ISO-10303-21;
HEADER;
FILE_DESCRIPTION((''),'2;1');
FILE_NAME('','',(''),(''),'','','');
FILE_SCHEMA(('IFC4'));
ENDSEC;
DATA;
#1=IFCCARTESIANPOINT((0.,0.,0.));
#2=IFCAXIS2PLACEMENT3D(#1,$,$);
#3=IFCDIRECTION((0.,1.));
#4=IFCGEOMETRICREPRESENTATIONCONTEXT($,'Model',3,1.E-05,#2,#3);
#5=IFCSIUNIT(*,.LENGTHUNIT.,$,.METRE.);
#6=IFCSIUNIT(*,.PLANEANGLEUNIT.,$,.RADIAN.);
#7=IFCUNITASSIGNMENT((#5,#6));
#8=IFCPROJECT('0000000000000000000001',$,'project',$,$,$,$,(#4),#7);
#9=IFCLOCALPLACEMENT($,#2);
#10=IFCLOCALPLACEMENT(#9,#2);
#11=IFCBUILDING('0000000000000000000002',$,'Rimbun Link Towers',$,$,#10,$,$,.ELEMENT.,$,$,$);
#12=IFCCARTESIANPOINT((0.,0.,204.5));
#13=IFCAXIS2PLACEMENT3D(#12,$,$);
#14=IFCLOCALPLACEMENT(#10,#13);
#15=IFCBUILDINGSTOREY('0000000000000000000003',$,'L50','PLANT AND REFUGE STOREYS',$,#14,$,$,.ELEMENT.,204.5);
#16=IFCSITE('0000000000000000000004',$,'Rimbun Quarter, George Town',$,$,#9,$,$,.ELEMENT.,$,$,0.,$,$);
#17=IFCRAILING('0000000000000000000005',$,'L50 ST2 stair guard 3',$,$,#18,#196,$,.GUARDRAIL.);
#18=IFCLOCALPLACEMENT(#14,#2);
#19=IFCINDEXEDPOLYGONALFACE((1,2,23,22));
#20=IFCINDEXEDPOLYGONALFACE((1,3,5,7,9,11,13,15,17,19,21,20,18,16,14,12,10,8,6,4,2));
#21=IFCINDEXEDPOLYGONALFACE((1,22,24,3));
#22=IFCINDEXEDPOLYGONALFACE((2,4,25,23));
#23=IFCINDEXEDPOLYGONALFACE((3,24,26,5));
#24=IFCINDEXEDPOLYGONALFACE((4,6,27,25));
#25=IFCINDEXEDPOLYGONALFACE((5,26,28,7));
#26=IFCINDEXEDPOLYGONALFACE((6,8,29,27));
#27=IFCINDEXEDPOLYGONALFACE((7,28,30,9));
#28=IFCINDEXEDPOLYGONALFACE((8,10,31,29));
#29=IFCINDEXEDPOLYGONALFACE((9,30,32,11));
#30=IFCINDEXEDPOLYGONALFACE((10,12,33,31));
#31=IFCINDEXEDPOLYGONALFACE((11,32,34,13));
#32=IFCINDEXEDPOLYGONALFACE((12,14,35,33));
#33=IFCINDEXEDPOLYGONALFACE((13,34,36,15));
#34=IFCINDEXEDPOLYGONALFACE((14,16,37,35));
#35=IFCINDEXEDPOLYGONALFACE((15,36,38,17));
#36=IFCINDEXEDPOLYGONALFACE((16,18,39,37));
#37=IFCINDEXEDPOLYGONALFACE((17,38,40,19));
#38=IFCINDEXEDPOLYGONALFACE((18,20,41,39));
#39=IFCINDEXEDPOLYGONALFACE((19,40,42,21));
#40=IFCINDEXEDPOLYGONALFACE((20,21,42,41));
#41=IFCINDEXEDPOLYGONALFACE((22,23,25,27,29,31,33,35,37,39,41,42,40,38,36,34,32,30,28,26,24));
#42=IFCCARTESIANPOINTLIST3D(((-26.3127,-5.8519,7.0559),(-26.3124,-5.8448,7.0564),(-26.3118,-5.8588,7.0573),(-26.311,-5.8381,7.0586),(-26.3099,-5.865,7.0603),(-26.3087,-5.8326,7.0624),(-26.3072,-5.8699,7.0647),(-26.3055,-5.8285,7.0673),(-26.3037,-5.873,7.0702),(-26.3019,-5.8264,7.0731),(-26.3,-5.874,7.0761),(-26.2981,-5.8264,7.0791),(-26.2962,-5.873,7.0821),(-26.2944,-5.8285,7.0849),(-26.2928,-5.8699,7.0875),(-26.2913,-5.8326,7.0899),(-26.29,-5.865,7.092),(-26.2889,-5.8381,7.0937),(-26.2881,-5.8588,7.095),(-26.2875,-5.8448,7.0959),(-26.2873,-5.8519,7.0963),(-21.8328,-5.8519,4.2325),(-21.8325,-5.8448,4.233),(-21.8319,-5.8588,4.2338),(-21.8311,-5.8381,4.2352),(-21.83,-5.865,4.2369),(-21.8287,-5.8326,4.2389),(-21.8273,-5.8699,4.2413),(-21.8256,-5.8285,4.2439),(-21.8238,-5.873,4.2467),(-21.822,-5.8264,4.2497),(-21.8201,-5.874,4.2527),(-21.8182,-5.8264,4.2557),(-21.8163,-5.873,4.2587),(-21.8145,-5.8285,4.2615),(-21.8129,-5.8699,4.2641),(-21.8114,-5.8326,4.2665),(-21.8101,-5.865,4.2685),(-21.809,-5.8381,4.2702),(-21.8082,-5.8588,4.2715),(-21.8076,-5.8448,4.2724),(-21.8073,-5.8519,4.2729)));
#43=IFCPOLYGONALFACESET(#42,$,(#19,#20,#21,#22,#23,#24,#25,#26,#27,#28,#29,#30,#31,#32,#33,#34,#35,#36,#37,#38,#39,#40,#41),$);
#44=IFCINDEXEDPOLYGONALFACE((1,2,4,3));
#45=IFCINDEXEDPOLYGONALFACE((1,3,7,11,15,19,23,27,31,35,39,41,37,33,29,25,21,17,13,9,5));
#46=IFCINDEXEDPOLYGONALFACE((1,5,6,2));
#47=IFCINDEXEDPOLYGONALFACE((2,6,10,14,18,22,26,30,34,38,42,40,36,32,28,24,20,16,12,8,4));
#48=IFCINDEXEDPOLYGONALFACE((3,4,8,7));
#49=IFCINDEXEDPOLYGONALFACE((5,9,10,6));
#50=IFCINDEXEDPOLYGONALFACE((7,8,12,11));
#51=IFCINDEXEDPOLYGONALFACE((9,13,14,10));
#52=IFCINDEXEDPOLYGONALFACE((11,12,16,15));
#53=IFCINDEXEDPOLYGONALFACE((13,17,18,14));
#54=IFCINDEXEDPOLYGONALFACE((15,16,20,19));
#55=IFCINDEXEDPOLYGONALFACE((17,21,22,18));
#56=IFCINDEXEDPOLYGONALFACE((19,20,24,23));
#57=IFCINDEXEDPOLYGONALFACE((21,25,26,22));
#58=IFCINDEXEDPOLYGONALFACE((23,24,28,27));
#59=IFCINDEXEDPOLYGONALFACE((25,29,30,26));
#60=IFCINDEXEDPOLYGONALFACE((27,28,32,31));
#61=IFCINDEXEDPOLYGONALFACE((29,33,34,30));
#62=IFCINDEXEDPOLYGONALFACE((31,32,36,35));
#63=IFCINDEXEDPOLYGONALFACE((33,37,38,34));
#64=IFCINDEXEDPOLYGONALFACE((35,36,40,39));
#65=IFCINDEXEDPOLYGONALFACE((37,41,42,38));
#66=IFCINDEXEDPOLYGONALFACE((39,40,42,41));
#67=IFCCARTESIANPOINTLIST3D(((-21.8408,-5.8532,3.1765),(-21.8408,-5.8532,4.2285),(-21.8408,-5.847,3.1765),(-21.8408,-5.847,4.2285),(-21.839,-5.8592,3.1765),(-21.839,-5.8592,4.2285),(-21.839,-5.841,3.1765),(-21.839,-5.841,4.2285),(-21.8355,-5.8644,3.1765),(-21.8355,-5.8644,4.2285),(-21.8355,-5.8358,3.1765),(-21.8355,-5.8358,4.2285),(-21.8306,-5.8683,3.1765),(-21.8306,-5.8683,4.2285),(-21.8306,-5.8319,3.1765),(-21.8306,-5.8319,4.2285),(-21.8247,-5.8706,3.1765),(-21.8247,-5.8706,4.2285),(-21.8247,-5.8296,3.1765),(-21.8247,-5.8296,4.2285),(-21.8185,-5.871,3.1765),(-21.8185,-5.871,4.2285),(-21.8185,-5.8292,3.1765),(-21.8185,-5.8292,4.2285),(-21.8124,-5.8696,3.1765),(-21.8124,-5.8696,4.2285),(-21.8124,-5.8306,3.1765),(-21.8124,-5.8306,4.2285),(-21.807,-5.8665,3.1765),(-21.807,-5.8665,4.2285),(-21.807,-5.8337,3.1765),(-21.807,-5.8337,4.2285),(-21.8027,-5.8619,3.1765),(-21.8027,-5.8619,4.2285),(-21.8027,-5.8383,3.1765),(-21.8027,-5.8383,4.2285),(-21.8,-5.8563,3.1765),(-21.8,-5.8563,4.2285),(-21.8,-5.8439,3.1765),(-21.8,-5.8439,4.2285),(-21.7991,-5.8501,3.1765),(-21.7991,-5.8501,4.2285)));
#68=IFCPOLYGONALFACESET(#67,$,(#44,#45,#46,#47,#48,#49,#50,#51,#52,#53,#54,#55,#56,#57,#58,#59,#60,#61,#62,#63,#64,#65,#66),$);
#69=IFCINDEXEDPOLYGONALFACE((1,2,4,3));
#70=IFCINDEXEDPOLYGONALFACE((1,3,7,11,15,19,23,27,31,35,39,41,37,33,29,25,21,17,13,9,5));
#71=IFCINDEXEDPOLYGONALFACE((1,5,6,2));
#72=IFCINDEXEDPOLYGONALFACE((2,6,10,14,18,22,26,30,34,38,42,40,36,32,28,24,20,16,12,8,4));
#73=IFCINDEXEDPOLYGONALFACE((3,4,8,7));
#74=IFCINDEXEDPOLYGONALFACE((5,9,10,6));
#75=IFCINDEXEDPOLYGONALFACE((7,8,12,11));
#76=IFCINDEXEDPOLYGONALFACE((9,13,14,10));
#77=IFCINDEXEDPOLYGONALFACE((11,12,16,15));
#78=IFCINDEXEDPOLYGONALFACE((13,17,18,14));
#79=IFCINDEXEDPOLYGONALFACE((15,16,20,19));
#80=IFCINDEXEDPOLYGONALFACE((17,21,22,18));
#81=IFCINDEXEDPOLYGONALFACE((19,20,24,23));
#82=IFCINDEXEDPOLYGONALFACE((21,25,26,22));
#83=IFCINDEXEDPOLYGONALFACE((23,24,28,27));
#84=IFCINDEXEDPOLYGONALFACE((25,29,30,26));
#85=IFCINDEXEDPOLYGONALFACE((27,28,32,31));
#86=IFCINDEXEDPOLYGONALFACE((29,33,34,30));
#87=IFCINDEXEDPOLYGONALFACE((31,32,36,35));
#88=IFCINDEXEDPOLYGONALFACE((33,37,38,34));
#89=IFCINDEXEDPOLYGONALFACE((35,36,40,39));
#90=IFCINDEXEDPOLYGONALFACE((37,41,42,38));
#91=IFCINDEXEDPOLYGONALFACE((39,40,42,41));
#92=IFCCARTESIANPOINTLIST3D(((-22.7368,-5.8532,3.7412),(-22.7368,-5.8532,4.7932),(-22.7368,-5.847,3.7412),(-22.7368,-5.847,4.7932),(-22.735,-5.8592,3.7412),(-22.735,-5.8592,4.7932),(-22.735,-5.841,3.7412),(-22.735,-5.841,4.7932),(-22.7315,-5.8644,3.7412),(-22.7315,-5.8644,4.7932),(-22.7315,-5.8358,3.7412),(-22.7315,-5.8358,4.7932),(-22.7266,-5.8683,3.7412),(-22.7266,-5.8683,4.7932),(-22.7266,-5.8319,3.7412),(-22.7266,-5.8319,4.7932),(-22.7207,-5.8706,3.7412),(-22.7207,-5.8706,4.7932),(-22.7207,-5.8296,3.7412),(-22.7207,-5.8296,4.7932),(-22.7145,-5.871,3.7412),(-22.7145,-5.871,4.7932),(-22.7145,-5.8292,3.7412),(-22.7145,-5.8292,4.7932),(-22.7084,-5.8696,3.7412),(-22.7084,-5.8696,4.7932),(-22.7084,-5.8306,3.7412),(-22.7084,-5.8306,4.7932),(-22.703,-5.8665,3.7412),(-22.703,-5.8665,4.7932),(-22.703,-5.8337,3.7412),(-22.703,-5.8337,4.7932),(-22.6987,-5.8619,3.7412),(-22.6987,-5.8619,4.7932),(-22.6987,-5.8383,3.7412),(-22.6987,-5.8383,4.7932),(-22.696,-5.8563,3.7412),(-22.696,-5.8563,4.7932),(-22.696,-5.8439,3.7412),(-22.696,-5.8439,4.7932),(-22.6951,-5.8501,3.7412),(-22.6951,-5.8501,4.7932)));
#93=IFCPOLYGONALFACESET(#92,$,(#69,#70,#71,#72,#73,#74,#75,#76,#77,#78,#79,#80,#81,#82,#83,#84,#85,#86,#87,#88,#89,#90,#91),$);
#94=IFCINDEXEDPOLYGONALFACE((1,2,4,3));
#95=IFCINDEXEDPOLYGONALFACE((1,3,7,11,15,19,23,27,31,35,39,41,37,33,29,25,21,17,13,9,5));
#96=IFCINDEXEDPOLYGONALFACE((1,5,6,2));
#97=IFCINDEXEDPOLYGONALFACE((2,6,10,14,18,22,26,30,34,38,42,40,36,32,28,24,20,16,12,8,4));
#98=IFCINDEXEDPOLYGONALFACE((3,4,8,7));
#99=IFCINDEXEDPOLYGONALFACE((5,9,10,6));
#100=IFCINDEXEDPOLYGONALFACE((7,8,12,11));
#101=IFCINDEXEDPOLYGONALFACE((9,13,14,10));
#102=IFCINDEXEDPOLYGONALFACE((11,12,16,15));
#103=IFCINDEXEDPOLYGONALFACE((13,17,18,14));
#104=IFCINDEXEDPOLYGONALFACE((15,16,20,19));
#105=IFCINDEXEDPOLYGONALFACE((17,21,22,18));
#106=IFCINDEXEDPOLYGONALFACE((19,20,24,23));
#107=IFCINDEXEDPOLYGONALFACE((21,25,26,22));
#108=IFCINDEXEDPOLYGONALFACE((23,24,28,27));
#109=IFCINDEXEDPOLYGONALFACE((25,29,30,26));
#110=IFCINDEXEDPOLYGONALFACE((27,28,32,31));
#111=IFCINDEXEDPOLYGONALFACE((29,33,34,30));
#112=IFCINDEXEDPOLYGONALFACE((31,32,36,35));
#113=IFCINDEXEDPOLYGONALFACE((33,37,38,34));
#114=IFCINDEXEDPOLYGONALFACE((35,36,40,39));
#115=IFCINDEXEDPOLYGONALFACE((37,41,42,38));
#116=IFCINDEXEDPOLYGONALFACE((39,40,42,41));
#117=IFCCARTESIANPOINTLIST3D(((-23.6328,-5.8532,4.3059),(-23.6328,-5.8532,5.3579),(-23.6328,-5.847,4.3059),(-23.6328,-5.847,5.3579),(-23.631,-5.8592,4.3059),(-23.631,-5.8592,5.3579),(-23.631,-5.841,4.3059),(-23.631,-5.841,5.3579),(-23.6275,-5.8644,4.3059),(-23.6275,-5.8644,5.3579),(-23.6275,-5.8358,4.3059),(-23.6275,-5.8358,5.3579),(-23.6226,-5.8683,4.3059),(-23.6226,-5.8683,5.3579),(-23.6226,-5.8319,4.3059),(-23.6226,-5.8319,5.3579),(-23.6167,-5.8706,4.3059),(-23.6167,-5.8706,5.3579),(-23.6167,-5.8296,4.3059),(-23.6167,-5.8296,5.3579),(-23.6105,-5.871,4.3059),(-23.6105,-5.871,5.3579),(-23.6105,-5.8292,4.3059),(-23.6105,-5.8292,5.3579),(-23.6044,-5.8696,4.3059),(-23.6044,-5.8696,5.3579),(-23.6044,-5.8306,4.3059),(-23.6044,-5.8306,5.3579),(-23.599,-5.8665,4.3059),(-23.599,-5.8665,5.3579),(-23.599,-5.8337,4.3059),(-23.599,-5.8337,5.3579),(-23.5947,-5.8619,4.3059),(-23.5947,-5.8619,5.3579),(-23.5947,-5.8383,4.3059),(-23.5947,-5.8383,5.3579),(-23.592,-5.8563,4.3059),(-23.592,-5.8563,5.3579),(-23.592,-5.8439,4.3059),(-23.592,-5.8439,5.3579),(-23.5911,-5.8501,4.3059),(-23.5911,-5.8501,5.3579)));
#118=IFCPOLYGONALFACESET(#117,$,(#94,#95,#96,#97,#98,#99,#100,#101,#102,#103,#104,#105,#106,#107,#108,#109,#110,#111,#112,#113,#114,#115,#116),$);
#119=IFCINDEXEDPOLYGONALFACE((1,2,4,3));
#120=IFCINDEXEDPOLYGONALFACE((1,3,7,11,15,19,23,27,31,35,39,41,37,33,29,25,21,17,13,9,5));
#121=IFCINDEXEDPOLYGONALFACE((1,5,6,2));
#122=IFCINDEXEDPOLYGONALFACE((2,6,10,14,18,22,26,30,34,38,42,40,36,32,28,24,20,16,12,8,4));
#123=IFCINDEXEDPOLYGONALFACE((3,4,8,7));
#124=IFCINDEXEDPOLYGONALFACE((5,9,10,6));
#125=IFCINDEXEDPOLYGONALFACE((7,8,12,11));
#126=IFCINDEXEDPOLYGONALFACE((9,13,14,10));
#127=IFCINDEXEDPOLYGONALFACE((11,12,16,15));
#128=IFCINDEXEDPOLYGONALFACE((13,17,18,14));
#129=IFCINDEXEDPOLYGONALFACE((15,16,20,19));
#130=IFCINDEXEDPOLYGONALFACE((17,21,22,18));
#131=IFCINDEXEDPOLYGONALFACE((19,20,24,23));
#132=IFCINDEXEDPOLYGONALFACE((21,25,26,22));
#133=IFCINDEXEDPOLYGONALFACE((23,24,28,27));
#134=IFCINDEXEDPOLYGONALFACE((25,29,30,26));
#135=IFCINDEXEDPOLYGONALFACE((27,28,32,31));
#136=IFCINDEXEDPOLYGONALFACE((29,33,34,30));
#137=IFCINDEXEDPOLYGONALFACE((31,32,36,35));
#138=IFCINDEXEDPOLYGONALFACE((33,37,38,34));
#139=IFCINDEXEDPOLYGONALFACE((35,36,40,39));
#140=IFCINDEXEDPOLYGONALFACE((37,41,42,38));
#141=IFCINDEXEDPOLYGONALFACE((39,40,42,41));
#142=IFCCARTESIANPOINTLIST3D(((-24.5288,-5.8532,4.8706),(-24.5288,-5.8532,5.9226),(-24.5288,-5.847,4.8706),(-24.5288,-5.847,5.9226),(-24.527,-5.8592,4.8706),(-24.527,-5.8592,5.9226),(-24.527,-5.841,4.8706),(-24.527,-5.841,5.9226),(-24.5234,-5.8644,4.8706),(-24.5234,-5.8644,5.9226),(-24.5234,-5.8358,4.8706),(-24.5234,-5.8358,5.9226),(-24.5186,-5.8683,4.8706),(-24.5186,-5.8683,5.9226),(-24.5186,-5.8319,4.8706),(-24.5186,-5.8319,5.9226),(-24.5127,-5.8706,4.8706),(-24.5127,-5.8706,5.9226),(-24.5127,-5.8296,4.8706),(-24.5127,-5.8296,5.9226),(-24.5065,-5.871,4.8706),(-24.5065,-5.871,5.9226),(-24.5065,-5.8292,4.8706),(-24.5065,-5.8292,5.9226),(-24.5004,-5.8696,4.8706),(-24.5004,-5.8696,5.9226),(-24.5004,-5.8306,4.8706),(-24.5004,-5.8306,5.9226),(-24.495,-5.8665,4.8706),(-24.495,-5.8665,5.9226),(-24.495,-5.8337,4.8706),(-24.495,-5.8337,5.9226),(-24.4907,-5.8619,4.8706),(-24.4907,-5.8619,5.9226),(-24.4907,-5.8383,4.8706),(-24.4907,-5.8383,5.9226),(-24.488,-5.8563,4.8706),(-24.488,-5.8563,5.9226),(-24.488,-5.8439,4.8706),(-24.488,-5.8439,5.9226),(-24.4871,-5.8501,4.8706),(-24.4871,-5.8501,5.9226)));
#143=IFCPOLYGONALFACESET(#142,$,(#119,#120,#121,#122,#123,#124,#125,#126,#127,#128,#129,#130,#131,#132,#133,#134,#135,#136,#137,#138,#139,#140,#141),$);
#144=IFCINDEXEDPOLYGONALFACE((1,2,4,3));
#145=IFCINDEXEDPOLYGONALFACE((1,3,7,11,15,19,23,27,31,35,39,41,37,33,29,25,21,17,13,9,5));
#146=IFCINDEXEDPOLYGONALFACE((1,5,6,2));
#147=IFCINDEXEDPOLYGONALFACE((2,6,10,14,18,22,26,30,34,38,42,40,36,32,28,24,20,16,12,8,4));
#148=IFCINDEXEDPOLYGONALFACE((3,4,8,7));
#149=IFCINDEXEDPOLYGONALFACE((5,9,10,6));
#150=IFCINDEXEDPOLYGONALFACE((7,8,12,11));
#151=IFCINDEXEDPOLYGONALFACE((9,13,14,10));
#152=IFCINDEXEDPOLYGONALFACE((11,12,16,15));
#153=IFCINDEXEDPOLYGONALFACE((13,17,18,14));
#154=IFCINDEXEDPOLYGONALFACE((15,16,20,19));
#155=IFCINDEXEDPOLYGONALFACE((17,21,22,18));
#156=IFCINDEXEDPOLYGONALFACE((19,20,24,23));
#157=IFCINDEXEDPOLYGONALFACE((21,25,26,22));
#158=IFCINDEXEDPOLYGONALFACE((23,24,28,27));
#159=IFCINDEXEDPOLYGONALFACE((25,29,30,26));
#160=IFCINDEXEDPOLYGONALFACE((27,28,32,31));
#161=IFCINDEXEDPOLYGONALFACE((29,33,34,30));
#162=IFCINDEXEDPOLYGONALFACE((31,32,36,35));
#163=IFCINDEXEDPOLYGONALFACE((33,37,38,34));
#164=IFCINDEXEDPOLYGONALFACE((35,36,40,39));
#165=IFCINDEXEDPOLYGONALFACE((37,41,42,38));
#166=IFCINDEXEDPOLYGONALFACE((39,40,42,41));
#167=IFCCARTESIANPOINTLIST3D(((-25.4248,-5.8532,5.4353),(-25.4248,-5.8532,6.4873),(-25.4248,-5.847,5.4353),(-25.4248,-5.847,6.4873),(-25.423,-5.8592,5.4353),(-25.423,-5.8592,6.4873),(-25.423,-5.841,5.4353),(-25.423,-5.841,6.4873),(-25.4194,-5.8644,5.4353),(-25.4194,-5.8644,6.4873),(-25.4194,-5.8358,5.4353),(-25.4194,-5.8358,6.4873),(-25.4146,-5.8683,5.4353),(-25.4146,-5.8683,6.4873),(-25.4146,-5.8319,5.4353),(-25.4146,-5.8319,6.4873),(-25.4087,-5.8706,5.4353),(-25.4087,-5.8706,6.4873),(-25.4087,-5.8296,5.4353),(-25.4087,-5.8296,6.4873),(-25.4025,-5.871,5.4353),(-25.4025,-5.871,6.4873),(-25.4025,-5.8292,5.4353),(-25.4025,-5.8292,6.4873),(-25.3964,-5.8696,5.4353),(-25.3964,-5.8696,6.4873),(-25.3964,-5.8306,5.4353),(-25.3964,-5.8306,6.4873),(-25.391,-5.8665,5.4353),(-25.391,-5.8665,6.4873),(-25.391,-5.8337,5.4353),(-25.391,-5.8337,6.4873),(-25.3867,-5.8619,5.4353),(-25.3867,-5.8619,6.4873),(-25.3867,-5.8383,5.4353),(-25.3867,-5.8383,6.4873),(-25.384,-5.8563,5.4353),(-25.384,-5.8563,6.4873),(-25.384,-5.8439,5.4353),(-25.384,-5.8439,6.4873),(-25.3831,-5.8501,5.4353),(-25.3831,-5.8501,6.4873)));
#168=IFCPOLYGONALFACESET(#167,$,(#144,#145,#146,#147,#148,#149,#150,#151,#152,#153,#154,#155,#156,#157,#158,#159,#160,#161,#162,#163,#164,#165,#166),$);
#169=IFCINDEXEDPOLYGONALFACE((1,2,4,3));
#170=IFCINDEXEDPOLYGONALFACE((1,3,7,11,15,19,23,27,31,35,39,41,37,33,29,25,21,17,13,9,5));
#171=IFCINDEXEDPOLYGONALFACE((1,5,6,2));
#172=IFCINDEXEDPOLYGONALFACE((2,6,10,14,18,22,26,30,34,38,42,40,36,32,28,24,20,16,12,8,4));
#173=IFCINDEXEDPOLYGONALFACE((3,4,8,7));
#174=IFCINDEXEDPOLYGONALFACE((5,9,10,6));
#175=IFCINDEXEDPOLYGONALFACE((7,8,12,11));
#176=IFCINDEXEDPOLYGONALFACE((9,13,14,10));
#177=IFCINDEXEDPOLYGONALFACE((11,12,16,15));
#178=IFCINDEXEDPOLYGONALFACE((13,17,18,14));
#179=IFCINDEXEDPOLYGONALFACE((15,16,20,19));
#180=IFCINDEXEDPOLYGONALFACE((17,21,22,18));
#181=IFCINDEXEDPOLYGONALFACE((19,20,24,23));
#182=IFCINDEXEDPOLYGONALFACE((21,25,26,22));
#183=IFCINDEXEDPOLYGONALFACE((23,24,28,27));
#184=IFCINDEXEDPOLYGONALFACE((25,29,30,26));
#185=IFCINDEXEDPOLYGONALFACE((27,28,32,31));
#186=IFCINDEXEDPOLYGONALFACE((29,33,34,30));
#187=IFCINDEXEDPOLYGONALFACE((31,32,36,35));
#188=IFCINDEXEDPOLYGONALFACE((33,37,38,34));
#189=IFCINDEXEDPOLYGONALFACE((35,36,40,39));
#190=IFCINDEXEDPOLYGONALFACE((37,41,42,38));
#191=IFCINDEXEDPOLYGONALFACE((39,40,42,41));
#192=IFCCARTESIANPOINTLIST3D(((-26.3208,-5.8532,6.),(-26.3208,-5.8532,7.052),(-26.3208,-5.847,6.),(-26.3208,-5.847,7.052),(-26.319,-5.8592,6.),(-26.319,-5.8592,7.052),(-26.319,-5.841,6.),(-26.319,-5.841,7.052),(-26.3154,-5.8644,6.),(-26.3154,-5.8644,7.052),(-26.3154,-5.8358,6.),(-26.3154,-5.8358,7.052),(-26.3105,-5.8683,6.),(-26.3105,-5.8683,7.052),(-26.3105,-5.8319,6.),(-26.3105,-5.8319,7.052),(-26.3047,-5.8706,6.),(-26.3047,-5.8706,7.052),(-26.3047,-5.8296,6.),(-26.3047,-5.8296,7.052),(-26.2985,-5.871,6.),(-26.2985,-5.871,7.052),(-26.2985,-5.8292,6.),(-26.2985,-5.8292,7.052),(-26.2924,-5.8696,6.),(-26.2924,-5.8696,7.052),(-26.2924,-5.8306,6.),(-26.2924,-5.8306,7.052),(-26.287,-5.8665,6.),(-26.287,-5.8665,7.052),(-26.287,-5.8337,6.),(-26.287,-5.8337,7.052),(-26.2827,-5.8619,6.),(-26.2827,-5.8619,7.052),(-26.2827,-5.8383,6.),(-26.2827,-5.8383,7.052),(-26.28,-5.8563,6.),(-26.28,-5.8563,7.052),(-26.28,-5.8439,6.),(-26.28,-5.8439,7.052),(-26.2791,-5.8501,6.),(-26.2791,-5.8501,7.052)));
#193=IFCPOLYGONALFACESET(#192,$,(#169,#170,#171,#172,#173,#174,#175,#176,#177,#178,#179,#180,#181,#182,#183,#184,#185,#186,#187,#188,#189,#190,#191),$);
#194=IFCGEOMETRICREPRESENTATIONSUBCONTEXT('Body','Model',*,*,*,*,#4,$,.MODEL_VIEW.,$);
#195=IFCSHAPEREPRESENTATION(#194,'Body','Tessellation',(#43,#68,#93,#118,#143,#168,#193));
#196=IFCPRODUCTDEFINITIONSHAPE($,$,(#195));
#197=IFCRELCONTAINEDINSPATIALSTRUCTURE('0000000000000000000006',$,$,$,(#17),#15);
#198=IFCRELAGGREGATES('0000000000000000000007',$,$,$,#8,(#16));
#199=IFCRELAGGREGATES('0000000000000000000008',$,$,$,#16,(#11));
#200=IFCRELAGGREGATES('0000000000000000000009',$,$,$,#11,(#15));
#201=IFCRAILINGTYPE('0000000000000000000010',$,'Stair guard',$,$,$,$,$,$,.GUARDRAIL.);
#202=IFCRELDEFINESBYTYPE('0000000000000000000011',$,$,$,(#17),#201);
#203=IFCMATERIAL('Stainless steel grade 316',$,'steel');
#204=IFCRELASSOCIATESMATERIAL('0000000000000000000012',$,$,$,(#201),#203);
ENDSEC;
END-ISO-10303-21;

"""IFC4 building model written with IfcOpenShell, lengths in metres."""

from ifc_helpers import new_model, si_unit, direction, frame, origin, origin_2d, place, context, subcontext, project, spatial, circle, extrude, material, type_object, element, save


model = new_model("IFC4")

# Units and contexts
model_context = context("Model", 3, precision=1e-05, world=origin(), true_north=direction((0.0, 1.0)))
body_context = subcontext(model_context, "Body", "Model", "MODEL_VIEW")
ifc_project = project(units=[si_unit("LENGTHUNIT", "METRE"), si_unit("PLANEANGLEUNIT", "RADIAN")], contexts=[model_context])

# Site, building, storey
site_placement = place(None, origin())
site = spatial("IfcSite", under=ifc_project, at=site_placement, Name="Rimbun Quarter, George Town", CompositionType="ELEMENT", RefElevation=0.0)
building_placement = place(site_placement, origin())
building = spatial("IfcBuilding", under=site, at=building_placement, Name="Rimbun Link Towers", CompositionType="ELEMENT")
storey_placement = place(building_placement, frame((0.0, 0.0, 204.5)))
storey = spatial("IfcBuildingStorey", under=building, at=storey_placement, Name="L50", Description="PLANT AND REFUGE STOREYS", CompositionType="ELEMENT", Elevation=204.5)

# Railing
ifc_material_1 = material(Name="Stainless steel grade 316", Category="steel")
railing_type_1 = type_object("IfcRailingType", Name="Stair guard", PredefinedType="GUARDRAIL", material=ifc_material_1)
railing_1_placement = place(storey_placement, frame((-21.8201, -5.8501, 3.1765)))
element("IfcRailing", 1, at=railing_1_placement, inside=storey, type_object=railing_type_1, Name="L50 ST2 stair guard 3", PredefinedType="GUARDRAIL", context=body_context, shape_type="SweptSolid", body=[
    extrude(circle(Radius=0.0239, at=origin_2d()), frame((0.0, 0.0, 1.0762), z_axis=(-0.845998, 0.0, 0.533186), x_axis=(0.0, -1.0, 0.0)), (0.0, 0.0, 1.0), 5.2954),
    extrude(circle(Radius=0.021, at=origin_2d()), origin(), (0.0, 0.0, 1.0), 1.052),
    extrude(circle(Radius=0.021, at=origin_2d()), frame((-0.896, 0.0, 0.5647)), (0.0, 0.0, 1.0), 1.052),
    extrude(circle(Radius=0.021, at=origin_2d()), frame((-1.792, 0.0, 1.1294)), (0.0, 0.0, 1.0), 1.052),
    extrude(circle(Radius=0.021, at=origin_2d()), frame((-2.688, 0.0, 1.6941)), (0.0, 0.0, 1.0), 1.052),
    extrude(circle(Radius=0.021, at=origin_2d()), frame((-3.584, 0.0, 2.2588)), (0.0, 0.0, 1.0), 1.052),
    extrude(circle(Radius=0.021, at=origin_2d()), frame((-4.48, 0.0, 2.8235)), (0.0, 0.0, 1.0), 1.052),
])

save(model, "model.ifc")
